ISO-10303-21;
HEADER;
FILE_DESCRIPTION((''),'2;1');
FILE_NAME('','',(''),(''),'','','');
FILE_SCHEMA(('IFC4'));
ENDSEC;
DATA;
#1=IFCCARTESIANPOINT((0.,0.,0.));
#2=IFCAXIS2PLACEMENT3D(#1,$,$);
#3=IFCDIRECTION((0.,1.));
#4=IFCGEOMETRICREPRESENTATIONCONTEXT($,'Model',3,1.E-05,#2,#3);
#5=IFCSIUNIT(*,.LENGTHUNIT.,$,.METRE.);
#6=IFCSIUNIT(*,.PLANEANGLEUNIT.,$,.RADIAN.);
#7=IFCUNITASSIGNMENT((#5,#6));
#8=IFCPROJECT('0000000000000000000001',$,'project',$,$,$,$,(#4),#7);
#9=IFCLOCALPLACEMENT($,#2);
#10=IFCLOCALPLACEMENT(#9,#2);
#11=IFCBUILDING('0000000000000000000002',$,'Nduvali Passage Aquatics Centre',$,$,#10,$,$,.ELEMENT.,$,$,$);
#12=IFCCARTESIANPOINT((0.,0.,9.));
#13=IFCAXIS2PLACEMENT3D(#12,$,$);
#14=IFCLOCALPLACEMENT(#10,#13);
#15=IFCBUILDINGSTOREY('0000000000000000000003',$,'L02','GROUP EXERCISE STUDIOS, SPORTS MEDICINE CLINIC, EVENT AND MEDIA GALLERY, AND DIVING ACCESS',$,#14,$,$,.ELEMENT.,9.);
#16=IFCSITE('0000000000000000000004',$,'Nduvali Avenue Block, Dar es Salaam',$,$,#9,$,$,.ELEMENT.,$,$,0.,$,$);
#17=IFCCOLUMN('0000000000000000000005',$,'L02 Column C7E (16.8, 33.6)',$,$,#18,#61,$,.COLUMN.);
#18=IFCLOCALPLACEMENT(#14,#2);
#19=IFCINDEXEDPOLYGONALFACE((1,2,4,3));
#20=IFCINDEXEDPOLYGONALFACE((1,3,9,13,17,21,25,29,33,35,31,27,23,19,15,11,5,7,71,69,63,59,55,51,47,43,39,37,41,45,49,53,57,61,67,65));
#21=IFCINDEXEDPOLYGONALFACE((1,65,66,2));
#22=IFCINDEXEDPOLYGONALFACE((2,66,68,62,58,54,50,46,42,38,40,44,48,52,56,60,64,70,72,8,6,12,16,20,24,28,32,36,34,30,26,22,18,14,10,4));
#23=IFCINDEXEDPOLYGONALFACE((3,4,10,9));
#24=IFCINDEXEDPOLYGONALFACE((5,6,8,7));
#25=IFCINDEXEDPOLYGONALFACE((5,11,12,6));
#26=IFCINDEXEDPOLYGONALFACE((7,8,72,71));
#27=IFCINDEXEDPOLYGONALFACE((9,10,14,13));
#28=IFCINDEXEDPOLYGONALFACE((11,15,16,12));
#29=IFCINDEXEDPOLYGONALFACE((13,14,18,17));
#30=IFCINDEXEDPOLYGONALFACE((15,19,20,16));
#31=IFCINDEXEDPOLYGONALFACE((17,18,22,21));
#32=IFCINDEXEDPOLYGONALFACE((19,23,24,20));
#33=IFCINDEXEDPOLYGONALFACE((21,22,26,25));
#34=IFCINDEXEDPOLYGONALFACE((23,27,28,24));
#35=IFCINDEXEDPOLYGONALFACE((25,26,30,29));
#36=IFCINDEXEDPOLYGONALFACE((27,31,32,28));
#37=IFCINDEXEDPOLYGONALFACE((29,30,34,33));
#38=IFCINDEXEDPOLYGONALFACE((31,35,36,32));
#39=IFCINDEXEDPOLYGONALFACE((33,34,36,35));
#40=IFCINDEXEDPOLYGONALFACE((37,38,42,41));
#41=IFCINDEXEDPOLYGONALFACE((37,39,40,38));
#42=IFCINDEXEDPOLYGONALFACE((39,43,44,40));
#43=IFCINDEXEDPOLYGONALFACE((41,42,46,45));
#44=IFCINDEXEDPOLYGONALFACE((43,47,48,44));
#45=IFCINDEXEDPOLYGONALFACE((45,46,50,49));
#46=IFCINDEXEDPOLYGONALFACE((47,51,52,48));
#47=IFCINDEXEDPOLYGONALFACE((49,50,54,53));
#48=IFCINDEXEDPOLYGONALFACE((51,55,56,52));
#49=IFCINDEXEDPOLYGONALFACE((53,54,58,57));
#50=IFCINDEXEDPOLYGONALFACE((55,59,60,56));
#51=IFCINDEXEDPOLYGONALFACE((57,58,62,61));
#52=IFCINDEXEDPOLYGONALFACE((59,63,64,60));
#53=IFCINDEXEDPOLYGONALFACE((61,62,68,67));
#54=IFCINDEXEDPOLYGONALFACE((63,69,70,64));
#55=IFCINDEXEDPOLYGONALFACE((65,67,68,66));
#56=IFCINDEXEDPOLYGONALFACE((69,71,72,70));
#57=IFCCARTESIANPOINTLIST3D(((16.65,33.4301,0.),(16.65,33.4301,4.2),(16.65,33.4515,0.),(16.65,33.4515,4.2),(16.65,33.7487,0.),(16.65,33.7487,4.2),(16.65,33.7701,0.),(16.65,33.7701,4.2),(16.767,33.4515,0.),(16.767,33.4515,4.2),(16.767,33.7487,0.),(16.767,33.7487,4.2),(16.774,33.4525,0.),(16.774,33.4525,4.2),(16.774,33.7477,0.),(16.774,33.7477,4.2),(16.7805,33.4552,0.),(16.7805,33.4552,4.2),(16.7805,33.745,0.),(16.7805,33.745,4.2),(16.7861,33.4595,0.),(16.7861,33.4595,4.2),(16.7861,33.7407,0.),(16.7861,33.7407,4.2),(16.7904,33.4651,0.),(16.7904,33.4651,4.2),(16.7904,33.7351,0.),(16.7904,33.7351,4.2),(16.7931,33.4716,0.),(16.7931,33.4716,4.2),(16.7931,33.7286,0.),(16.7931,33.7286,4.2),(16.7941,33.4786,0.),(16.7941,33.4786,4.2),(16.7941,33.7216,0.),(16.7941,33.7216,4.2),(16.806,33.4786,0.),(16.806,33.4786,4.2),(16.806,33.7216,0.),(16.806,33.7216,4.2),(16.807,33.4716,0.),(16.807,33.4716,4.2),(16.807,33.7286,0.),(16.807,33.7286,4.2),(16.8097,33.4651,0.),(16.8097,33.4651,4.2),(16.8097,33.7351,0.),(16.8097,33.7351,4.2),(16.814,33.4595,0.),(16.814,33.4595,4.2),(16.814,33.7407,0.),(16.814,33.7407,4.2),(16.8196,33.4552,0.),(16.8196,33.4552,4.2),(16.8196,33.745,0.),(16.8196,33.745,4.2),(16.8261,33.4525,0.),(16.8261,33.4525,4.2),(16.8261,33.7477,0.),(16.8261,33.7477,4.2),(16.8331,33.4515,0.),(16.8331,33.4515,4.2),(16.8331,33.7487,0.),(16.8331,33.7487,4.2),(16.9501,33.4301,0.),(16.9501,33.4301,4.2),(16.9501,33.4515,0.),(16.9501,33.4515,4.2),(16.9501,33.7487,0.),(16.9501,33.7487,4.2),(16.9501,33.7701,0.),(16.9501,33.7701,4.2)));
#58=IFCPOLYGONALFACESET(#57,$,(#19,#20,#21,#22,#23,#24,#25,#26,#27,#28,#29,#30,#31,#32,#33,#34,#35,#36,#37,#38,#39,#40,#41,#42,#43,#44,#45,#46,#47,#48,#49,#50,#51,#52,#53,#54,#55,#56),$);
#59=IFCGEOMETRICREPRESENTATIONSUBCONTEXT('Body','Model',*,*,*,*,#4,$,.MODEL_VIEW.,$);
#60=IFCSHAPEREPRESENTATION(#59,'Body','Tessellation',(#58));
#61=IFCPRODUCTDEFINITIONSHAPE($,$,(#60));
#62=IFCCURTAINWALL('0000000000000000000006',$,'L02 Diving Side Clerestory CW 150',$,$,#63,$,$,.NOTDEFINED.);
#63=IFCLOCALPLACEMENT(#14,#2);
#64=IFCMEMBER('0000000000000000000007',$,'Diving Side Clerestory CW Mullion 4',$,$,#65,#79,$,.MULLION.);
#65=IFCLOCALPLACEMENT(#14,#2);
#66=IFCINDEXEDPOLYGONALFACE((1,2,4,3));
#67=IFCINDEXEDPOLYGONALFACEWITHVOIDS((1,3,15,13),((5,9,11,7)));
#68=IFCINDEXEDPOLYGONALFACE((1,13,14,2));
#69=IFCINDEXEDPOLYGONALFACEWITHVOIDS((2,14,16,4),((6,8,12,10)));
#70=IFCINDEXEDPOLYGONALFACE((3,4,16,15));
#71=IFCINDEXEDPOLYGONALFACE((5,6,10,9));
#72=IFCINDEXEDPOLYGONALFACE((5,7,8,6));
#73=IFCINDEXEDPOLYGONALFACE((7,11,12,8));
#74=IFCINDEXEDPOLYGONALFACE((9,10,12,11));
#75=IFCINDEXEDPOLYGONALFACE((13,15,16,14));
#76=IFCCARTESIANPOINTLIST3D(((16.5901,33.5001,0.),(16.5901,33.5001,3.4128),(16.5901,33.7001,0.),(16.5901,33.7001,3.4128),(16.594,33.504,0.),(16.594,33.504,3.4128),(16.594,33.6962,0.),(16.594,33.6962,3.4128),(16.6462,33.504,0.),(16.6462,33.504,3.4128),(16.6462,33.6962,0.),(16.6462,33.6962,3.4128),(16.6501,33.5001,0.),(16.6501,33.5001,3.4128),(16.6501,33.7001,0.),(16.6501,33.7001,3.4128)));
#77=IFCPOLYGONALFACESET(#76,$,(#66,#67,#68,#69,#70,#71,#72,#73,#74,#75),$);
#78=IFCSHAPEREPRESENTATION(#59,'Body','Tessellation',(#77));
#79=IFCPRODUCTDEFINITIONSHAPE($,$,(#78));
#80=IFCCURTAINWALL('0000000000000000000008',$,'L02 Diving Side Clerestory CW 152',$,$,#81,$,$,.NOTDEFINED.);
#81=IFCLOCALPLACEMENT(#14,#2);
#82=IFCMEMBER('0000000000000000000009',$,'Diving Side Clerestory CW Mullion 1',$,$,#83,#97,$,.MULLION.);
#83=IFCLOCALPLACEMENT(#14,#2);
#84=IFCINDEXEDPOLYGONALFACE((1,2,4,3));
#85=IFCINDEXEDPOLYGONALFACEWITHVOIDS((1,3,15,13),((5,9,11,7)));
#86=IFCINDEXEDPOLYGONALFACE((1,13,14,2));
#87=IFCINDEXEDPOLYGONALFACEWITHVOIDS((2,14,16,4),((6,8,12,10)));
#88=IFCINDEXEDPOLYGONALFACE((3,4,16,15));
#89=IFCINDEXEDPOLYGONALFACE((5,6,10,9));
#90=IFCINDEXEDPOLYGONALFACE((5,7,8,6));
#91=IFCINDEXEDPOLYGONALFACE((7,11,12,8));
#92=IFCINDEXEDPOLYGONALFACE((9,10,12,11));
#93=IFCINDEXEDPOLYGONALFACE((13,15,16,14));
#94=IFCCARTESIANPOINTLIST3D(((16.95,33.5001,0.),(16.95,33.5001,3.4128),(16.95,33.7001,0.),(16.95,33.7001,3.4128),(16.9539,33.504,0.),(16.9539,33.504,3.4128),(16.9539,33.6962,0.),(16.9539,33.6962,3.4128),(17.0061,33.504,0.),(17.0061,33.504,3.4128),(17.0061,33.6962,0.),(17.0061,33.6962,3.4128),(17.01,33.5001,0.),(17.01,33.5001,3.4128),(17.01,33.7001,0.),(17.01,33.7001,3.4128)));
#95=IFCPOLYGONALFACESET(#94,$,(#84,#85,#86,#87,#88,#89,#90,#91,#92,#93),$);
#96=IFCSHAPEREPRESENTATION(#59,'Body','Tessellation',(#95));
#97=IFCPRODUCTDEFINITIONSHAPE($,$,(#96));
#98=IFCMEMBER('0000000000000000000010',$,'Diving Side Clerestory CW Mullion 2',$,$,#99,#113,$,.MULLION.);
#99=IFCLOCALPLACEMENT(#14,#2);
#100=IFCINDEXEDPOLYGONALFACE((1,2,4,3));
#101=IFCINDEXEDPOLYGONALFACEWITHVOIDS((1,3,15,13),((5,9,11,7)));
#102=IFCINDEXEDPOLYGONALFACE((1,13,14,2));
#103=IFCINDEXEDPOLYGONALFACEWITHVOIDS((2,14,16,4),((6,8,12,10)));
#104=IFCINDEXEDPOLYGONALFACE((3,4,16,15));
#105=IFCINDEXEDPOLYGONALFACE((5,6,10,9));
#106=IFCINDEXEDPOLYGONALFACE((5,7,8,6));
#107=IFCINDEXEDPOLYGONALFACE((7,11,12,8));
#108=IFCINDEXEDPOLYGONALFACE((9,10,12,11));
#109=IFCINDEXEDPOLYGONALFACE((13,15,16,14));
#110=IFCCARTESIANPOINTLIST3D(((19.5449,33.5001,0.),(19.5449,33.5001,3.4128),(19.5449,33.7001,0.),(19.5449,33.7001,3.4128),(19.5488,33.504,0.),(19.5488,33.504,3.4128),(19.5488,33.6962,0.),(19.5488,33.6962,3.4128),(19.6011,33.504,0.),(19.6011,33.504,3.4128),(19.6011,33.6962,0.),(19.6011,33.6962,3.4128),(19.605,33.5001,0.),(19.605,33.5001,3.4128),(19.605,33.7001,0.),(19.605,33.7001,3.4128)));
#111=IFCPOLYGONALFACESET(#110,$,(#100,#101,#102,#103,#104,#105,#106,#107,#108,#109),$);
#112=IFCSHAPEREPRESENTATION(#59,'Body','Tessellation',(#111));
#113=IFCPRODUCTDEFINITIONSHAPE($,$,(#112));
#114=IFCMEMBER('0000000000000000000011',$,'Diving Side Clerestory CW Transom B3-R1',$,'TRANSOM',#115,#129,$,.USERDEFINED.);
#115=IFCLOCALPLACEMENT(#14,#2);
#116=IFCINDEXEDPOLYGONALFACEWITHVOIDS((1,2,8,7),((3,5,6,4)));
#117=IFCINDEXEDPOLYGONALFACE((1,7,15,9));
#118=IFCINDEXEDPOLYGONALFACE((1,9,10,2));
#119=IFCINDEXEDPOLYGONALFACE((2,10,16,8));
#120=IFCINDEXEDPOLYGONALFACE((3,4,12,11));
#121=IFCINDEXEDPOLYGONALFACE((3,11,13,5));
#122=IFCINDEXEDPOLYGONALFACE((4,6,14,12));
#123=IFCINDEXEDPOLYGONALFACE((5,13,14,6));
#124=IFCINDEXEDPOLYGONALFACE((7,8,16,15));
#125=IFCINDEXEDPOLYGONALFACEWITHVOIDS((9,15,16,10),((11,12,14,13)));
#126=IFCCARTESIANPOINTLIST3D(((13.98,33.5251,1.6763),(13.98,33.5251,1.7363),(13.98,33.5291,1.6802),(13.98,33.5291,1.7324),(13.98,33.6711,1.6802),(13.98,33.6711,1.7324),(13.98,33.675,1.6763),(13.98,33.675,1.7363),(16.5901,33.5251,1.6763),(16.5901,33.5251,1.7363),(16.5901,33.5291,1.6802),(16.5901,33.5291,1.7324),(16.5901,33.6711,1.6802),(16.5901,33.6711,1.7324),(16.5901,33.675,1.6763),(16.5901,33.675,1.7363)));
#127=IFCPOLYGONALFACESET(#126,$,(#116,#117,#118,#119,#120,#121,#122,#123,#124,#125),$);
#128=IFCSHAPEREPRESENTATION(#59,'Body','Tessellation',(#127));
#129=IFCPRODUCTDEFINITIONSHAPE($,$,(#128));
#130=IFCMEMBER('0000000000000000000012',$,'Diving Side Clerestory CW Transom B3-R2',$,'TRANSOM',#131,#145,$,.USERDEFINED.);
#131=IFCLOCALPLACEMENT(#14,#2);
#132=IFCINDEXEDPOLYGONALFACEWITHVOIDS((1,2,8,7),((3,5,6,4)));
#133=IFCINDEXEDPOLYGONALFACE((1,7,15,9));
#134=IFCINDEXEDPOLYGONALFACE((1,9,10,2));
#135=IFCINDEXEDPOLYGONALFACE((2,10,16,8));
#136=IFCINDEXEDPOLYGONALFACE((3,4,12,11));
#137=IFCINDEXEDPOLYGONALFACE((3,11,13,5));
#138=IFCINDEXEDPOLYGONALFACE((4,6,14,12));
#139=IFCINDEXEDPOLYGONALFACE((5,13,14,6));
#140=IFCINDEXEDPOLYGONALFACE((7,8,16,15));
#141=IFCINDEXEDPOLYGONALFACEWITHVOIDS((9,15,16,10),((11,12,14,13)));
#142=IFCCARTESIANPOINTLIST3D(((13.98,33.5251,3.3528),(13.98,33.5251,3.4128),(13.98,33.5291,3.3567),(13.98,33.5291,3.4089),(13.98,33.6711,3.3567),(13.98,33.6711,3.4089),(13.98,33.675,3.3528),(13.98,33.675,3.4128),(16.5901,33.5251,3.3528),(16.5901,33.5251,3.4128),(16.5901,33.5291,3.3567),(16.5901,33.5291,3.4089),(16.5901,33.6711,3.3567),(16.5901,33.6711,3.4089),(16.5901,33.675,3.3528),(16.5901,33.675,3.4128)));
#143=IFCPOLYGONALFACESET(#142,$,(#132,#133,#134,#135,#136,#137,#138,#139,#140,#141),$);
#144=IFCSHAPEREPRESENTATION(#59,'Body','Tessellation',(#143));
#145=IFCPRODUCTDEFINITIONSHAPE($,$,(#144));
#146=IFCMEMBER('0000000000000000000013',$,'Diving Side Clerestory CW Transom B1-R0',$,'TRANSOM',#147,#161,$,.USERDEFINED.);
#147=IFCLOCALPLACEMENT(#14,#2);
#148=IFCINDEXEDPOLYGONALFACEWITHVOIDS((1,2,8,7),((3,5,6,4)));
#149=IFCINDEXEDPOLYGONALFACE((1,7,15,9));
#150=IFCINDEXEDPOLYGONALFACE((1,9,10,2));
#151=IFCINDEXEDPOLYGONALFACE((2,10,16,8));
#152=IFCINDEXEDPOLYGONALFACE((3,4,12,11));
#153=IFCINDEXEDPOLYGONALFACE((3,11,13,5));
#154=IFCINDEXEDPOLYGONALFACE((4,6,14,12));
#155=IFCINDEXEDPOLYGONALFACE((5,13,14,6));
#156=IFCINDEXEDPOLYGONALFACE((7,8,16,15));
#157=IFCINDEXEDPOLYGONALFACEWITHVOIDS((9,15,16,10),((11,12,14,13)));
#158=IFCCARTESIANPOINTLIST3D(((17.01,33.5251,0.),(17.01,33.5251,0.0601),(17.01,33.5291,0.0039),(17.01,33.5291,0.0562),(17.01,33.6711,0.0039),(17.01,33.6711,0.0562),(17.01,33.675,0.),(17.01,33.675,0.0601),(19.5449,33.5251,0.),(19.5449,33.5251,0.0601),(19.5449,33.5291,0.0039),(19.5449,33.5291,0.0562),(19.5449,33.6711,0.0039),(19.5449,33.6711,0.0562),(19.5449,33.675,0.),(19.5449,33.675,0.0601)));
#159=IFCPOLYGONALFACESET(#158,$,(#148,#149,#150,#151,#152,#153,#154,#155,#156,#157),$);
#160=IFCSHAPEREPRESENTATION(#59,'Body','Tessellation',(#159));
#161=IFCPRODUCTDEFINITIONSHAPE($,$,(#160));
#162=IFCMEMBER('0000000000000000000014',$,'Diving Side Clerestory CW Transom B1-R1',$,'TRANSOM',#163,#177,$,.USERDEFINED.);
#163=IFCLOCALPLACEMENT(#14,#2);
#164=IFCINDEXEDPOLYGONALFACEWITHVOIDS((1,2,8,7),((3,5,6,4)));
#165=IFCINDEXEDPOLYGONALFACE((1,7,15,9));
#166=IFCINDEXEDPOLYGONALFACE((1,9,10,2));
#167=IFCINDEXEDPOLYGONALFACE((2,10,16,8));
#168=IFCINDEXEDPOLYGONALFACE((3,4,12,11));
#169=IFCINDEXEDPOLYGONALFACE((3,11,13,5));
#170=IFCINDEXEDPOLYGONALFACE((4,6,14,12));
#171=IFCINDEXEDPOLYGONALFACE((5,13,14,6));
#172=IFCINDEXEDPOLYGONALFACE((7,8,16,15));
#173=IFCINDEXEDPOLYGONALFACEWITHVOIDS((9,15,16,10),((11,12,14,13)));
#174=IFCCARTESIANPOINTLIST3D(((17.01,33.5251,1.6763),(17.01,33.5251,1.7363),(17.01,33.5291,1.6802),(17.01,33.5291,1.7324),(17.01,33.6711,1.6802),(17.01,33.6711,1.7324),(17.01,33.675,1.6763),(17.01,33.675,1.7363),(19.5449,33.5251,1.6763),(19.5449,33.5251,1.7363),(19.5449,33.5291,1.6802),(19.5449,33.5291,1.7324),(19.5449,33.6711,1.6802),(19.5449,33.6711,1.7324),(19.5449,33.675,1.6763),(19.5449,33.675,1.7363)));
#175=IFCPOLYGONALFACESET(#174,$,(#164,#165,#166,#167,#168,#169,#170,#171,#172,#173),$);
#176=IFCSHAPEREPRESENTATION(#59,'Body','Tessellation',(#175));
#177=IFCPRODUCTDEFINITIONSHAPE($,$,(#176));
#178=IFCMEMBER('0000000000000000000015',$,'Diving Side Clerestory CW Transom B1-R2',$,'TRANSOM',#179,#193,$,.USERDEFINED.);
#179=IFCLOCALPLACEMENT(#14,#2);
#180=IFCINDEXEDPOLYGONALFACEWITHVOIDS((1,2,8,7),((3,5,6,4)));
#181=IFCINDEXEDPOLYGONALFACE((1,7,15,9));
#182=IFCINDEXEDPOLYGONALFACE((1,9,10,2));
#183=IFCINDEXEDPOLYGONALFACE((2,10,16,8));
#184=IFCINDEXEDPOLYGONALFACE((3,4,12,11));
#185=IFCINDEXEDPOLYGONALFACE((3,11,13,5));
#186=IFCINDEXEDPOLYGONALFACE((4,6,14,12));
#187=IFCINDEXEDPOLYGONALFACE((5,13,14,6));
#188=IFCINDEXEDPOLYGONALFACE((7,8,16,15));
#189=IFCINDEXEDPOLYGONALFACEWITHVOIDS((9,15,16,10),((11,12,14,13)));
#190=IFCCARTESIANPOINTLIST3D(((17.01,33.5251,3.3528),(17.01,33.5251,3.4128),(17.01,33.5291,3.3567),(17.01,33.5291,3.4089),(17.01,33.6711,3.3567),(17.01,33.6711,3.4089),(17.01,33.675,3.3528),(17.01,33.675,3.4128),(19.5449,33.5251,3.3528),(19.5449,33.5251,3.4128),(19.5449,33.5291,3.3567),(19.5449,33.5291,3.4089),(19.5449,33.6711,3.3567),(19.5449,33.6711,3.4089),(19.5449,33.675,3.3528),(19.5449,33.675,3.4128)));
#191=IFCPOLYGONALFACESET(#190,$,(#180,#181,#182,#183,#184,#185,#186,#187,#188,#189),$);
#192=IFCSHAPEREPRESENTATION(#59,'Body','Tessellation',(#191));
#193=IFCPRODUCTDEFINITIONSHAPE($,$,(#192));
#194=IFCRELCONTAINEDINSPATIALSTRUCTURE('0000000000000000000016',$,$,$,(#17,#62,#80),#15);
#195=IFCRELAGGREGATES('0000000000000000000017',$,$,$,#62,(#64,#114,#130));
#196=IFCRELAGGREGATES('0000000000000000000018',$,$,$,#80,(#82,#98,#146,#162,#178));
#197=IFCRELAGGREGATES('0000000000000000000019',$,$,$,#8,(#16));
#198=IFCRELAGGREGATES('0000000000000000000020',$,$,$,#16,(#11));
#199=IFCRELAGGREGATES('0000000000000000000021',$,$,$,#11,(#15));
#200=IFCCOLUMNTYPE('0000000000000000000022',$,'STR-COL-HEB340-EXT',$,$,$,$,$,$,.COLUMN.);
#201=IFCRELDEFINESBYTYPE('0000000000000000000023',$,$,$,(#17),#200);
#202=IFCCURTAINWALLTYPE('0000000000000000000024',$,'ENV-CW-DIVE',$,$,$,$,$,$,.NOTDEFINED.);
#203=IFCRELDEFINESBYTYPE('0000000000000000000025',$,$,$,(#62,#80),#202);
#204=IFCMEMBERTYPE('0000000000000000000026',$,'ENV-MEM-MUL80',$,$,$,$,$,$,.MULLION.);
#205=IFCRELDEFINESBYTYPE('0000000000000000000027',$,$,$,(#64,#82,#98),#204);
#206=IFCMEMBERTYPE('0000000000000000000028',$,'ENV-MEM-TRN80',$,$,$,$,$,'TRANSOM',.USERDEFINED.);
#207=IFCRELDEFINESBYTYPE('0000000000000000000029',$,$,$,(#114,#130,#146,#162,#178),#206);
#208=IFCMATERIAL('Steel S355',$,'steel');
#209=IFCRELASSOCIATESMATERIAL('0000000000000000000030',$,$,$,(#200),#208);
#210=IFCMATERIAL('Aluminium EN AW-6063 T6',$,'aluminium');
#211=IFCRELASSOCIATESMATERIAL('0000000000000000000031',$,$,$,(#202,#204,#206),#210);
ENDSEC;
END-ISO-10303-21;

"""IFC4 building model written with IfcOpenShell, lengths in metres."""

from ifc_helpers import new_model, si_unit, direction, frame, origin, origin_2d, place, context, subcontext, project, spatial, hollow_rectangle, i_section, extrude, material, material_profile, profile_set, type_object, element, aggregate, save


model = new_model("IFC4")

# Units and contexts
model_context = context("Model", 3, precision=1e-05, world=origin(), true_north=direction((0.0, 1.0)))
body_context = subcontext(model_context, "Body", "Model", "MODEL_VIEW")
ifc_project = project(units=[si_unit("LENGTHUNIT", "METRE"), si_unit("PLANEANGLEUNIT", "RADIAN")], contexts=[model_context])

# Site, building, storey
site_placement = place(None, origin())
site = spatial("IfcSite", under=ifc_project, at=site_placement, Name="Nduvali Avenue Block, Dar es Salaam", CompositionType="ELEMENT", RefElevation=0.0)
building_placement = place(site_placement, origin())
building = spatial("IfcBuilding", under=site, at=building_placement, Name="Nduvali Passage Aquatics Centre", CompositionType="ELEMENT")
storey_placement = place(building_placement, frame((0.0, 0.0, 9.0)))
storey = spatial("IfcBuildingStorey", under=building, at=storey_placement, Name="L02", Description="GROUP EXERCISE STUDIOS, SPORTS MEDICINE CLINIC, EVENT AND MEDIA GALLERY, AND DIVING ACCESS", CompositionType="ELEMENT", Elevation=9.0)

# Column
ifc_material_1 = material(Name="Steel S355", Category="steel")
ifc_material_profile_1 = material_profile(ifc_material_1, i_section(OverallWidth=0.3, OverallDepth=0.3401, WebThickness=0.012, FlangeThickness=0.0215, FilletRadius=0.0271, at=origin_2d()), Name="HEB 340")
ifc_profile_set_1 = profile_set([ifc_material_profile_1], Name="Steel S355")
column_type = type_object("IfcColumnType", Name="STR-COL-HEB340-EXT", PredefinedType="COLUMN", material=ifc_profile_set_1)
column_placement = place(storey_placement, frame((16.8, 33.6001, 0.0), z_axis=(0.0, 0.0, 1.0), x_axis=(1.0, 0.0, 0.0)))
element("IfcColumn", 1, at=column_placement, inside=storey, type_object=column_type, Name="L02 Column C7E (16.8, 33.6)", PredefinedType="COLUMN", context=body_context, shape_type="SweptSolid", body=[
    extrude(i_section(OverallWidth=0.3, OverallDepth=0.3401, WebThickness=0.012, FlangeThickness=0.0215, FilletRadius=0.0271, at=origin_2d()), origin(), (0.0, 0.0, 1.0), 4.2),
])

# Curtain wall, member
ifc_material_2 = material(Name="Aluminium EN AW-6063 T6", Category="aluminium")
curtain_wall_type = type_object("IfcCurtainWallType", Name="ENV-CW-DIVE", PredefinedType="NOTDEFINED", material=ifc_material_2)
curtain_wall_1_placement = place(storey_placement, origin())
curtain_wall_1 = element("IfcCurtainWall", 2, at=curtain_wall_1_placement, inside=storey, type_object=curtain_wall_type, Name="L02 Diving Side Clerestory CW 150", PredefinedType="NOTDEFINED")
ifc_material_profile_2 = material_profile(ifc_material_2, hollow_rectangle(XDim=0.0601, YDim=0.2, WallThickness=0.0039, at=origin_2d()), Name="ALU MULLION 60x200x4")
ifc_profile_set_2 = profile_set([ifc_material_profile_2], Name="Aluminium EN AW-6063 T6")
member_type_1 = type_object("IfcMemberType", Name="ENV-MEM-MUL80", PredefinedType="MULLION", material=ifc_profile_set_2)
member_1_placement = place(storey_placement, frame((16.6201, 33.6001, 0.0), z_axis=(0.0, 0.0, 1.0), x_axis=(1.0, 0.0, 0.0)))
member_1 = element("IfcMember", 3, at=member_1_placement, type_object=member_type_1, Name="Diving Side Clerestory CW Mullion 4", PredefinedType="MULLION", context=body_context, shape_type="SweptSolid", body=[
    extrude(hollow_rectangle(XDim=0.0601, YDim=0.2, WallThickness=0.0039, at=origin_2d()), origin(), (0.0, 0.0, 1.0), 3.4128),
])

# Curtain wall, members
curtain_wall_2_placement = place(storey_placement, origin())
curtain_wall_2 = element("IfcCurtainWall", 4, at=curtain_wall_2_placement, inside=storey, type_object=curtain_wall_type, Name="L02 Diving Side Clerestory CW 152", PredefinedType="NOTDEFINED")
member_2_placement = place(storey_placement, frame((16.98, 33.6001, 0.0), z_axis=(0.0, 0.0, 1.0), x_axis=(1.0, 0.0, 0.0)))
member_2 = element("IfcMember", 5, at=member_2_placement, type_object=member_type_1, Name="Diving Side Clerestory CW Mullion 1", PredefinedType="MULLION", context=body_context, shape_type="SweptSolid", body=[
    extrude(hollow_rectangle(XDim=0.0601, YDim=0.2, WallThickness=0.0039, at=origin_2d()), origin(), (0.0, 0.0, 1.0), 3.4128),
])
member_3_placement = place(storey_placement, frame((19.575, 33.6001, 0.0), z_axis=(0.0, 0.0, 1.0), x_axis=(1.0, 0.0, 0.0)))
member_3 = element("IfcMember", 6, at=member_3_placement, type_object=member_type_1, Name="Diving Side Clerestory CW Mullion 2", PredefinedType="MULLION", context=body_context, shape_type="SweptSolid", body=[
    extrude(hollow_rectangle(XDim=0.0601, YDim=0.2, WallThickness=0.0039, at=origin_2d()), origin(), (0.0, 0.0, 1.0), 3.4128),
])

# Members
ifc_material_profile_3 = material_profile(ifc_material_2, hollow_rectangle(XDim=0.1499, YDim=0.0601, WallThickness=0.0039, at=origin_2d()), Name="ALU TRANSOM 150x60x4")
ifc_profile_set_3 = profile_set([ifc_material_profile_3], Name="Aluminium EN AW-6063 T6")
member_type_2 = type_object("IfcMemberType", Name="ENV-MEM-TRN80", ElementType="TRANSOM", PredefinedType="USERDEFINED", material=ifc_profile_set_3)
member_4_placement = place(storey_placement, frame((13.98, 33.6001, 1.7063), z_axis=(1.0, 0.0, 0.0), x_axis=(0.0, 1.0, 0.0)))
member_4 = element("IfcMember", 7, at=member_4_placement, type_object=member_type_2, Name="Diving Side Clerestory CW Transom B3-R1", ObjectType="TRANSOM", PredefinedType="USERDEFINED", context=body_context, shape_type="SweptSolid", body=[
    extrude(hollow_rectangle(XDim=0.1499, YDim=0.0601, WallThickness=0.0039, at=origin_2d()), origin(), (0.0, 0.0, 1.0), 2.6101),
])
member_5_placement = place(storey_placement, frame((13.98, 33.6001, 3.3828), z_axis=(1.0, 0.0, 0.0), x_axis=(0.0, 1.0, 0.0)))
member_5 = element("IfcMember", 8, at=member_5_placement, type_object=member_type_2, Name="Diving Side Clerestory CW Transom B3-R2", ObjectType="TRANSOM", PredefinedType="USERDEFINED", context=body_context, shape_type="SweptSolid", body=[
    extrude(hollow_rectangle(XDim=0.1499, YDim=0.0601, WallThickness=0.0039, at=origin_2d()), origin(), (0.0, 0.0, 1.0), 2.6101),
])
member_6_placement = place(storey_placement, frame((17.01, 33.6001, 0.03), z_axis=(1.0, 0.0, 0.0), x_axis=(0.0, 1.0, 0.0)))
member_6 = element("IfcMember", 9, at=member_6_placement, type_object=member_type_2, Name="Diving Side Clerestory CW Transom B1-R0", ObjectType="TRANSOM", PredefinedType="USERDEFINED", context=body_context, shape_type="SweptSolid", body=[
    extrude(hollow_rectangle(XDim=0.1499, YDim=0.0601, WallThickness=0.0039, at=origin_2d()), origin(), (0.0, 0.0, 1.0), 2.5349),
])
member_7_placement = place(storey_placement, frame((17.01, 33.6001, 1.7063), z_axis=(1.0, 0.0, 0.0), x_axis=(0.0, 1.0, 0.0)))
member_7 = element("IfcMember", 10, at=member_7_placement, type_object=member_type_2, Name="Diving Side Clerestory CW Transom B1-R1", ObjectType="TRANSOM", PredefinedType="USERDEFINED", context=body_context, shape_type="SweptSolid", body=[
    extrude(hollow_rectangle(XDim=0.1499, YDim=0.0601, WallThickness=0.0039, at=origin_2d()), origin(), (0.0, 0.0, 1.0), 2.5349),
])
member_8_placement = place(storey_placement, frame((17.01, 33.6001, 3.3828), z_axis=(1.0, 0.0, 0.0), x_axis=(0.0, 1.0, 0.0)))
member_8 = element("IfcMember", 11, at=member_8_placement, type_object=member_type_2, Name="Diving Side Clerestory CW Transom B1-R2", ObjectType="TRANSOM", PredefinedType="USERDEFINED", context=body_context, shape_type="SweptSolid", body=[
    extrude(hollow_rectangle(XDim=0.1499, YDim=0.0601, WallThickness=0.0039, at=origin_2d()), origin(), (0.0, 0.0, 1.0), 2.5349),
])

aggregate(curtain_wall_1, [member_1, member_4, member_5])
aggregate(curtain_wall_2, [member_2, member_3, member_6, member_7, member_8])

save(model, "model.ifc")
